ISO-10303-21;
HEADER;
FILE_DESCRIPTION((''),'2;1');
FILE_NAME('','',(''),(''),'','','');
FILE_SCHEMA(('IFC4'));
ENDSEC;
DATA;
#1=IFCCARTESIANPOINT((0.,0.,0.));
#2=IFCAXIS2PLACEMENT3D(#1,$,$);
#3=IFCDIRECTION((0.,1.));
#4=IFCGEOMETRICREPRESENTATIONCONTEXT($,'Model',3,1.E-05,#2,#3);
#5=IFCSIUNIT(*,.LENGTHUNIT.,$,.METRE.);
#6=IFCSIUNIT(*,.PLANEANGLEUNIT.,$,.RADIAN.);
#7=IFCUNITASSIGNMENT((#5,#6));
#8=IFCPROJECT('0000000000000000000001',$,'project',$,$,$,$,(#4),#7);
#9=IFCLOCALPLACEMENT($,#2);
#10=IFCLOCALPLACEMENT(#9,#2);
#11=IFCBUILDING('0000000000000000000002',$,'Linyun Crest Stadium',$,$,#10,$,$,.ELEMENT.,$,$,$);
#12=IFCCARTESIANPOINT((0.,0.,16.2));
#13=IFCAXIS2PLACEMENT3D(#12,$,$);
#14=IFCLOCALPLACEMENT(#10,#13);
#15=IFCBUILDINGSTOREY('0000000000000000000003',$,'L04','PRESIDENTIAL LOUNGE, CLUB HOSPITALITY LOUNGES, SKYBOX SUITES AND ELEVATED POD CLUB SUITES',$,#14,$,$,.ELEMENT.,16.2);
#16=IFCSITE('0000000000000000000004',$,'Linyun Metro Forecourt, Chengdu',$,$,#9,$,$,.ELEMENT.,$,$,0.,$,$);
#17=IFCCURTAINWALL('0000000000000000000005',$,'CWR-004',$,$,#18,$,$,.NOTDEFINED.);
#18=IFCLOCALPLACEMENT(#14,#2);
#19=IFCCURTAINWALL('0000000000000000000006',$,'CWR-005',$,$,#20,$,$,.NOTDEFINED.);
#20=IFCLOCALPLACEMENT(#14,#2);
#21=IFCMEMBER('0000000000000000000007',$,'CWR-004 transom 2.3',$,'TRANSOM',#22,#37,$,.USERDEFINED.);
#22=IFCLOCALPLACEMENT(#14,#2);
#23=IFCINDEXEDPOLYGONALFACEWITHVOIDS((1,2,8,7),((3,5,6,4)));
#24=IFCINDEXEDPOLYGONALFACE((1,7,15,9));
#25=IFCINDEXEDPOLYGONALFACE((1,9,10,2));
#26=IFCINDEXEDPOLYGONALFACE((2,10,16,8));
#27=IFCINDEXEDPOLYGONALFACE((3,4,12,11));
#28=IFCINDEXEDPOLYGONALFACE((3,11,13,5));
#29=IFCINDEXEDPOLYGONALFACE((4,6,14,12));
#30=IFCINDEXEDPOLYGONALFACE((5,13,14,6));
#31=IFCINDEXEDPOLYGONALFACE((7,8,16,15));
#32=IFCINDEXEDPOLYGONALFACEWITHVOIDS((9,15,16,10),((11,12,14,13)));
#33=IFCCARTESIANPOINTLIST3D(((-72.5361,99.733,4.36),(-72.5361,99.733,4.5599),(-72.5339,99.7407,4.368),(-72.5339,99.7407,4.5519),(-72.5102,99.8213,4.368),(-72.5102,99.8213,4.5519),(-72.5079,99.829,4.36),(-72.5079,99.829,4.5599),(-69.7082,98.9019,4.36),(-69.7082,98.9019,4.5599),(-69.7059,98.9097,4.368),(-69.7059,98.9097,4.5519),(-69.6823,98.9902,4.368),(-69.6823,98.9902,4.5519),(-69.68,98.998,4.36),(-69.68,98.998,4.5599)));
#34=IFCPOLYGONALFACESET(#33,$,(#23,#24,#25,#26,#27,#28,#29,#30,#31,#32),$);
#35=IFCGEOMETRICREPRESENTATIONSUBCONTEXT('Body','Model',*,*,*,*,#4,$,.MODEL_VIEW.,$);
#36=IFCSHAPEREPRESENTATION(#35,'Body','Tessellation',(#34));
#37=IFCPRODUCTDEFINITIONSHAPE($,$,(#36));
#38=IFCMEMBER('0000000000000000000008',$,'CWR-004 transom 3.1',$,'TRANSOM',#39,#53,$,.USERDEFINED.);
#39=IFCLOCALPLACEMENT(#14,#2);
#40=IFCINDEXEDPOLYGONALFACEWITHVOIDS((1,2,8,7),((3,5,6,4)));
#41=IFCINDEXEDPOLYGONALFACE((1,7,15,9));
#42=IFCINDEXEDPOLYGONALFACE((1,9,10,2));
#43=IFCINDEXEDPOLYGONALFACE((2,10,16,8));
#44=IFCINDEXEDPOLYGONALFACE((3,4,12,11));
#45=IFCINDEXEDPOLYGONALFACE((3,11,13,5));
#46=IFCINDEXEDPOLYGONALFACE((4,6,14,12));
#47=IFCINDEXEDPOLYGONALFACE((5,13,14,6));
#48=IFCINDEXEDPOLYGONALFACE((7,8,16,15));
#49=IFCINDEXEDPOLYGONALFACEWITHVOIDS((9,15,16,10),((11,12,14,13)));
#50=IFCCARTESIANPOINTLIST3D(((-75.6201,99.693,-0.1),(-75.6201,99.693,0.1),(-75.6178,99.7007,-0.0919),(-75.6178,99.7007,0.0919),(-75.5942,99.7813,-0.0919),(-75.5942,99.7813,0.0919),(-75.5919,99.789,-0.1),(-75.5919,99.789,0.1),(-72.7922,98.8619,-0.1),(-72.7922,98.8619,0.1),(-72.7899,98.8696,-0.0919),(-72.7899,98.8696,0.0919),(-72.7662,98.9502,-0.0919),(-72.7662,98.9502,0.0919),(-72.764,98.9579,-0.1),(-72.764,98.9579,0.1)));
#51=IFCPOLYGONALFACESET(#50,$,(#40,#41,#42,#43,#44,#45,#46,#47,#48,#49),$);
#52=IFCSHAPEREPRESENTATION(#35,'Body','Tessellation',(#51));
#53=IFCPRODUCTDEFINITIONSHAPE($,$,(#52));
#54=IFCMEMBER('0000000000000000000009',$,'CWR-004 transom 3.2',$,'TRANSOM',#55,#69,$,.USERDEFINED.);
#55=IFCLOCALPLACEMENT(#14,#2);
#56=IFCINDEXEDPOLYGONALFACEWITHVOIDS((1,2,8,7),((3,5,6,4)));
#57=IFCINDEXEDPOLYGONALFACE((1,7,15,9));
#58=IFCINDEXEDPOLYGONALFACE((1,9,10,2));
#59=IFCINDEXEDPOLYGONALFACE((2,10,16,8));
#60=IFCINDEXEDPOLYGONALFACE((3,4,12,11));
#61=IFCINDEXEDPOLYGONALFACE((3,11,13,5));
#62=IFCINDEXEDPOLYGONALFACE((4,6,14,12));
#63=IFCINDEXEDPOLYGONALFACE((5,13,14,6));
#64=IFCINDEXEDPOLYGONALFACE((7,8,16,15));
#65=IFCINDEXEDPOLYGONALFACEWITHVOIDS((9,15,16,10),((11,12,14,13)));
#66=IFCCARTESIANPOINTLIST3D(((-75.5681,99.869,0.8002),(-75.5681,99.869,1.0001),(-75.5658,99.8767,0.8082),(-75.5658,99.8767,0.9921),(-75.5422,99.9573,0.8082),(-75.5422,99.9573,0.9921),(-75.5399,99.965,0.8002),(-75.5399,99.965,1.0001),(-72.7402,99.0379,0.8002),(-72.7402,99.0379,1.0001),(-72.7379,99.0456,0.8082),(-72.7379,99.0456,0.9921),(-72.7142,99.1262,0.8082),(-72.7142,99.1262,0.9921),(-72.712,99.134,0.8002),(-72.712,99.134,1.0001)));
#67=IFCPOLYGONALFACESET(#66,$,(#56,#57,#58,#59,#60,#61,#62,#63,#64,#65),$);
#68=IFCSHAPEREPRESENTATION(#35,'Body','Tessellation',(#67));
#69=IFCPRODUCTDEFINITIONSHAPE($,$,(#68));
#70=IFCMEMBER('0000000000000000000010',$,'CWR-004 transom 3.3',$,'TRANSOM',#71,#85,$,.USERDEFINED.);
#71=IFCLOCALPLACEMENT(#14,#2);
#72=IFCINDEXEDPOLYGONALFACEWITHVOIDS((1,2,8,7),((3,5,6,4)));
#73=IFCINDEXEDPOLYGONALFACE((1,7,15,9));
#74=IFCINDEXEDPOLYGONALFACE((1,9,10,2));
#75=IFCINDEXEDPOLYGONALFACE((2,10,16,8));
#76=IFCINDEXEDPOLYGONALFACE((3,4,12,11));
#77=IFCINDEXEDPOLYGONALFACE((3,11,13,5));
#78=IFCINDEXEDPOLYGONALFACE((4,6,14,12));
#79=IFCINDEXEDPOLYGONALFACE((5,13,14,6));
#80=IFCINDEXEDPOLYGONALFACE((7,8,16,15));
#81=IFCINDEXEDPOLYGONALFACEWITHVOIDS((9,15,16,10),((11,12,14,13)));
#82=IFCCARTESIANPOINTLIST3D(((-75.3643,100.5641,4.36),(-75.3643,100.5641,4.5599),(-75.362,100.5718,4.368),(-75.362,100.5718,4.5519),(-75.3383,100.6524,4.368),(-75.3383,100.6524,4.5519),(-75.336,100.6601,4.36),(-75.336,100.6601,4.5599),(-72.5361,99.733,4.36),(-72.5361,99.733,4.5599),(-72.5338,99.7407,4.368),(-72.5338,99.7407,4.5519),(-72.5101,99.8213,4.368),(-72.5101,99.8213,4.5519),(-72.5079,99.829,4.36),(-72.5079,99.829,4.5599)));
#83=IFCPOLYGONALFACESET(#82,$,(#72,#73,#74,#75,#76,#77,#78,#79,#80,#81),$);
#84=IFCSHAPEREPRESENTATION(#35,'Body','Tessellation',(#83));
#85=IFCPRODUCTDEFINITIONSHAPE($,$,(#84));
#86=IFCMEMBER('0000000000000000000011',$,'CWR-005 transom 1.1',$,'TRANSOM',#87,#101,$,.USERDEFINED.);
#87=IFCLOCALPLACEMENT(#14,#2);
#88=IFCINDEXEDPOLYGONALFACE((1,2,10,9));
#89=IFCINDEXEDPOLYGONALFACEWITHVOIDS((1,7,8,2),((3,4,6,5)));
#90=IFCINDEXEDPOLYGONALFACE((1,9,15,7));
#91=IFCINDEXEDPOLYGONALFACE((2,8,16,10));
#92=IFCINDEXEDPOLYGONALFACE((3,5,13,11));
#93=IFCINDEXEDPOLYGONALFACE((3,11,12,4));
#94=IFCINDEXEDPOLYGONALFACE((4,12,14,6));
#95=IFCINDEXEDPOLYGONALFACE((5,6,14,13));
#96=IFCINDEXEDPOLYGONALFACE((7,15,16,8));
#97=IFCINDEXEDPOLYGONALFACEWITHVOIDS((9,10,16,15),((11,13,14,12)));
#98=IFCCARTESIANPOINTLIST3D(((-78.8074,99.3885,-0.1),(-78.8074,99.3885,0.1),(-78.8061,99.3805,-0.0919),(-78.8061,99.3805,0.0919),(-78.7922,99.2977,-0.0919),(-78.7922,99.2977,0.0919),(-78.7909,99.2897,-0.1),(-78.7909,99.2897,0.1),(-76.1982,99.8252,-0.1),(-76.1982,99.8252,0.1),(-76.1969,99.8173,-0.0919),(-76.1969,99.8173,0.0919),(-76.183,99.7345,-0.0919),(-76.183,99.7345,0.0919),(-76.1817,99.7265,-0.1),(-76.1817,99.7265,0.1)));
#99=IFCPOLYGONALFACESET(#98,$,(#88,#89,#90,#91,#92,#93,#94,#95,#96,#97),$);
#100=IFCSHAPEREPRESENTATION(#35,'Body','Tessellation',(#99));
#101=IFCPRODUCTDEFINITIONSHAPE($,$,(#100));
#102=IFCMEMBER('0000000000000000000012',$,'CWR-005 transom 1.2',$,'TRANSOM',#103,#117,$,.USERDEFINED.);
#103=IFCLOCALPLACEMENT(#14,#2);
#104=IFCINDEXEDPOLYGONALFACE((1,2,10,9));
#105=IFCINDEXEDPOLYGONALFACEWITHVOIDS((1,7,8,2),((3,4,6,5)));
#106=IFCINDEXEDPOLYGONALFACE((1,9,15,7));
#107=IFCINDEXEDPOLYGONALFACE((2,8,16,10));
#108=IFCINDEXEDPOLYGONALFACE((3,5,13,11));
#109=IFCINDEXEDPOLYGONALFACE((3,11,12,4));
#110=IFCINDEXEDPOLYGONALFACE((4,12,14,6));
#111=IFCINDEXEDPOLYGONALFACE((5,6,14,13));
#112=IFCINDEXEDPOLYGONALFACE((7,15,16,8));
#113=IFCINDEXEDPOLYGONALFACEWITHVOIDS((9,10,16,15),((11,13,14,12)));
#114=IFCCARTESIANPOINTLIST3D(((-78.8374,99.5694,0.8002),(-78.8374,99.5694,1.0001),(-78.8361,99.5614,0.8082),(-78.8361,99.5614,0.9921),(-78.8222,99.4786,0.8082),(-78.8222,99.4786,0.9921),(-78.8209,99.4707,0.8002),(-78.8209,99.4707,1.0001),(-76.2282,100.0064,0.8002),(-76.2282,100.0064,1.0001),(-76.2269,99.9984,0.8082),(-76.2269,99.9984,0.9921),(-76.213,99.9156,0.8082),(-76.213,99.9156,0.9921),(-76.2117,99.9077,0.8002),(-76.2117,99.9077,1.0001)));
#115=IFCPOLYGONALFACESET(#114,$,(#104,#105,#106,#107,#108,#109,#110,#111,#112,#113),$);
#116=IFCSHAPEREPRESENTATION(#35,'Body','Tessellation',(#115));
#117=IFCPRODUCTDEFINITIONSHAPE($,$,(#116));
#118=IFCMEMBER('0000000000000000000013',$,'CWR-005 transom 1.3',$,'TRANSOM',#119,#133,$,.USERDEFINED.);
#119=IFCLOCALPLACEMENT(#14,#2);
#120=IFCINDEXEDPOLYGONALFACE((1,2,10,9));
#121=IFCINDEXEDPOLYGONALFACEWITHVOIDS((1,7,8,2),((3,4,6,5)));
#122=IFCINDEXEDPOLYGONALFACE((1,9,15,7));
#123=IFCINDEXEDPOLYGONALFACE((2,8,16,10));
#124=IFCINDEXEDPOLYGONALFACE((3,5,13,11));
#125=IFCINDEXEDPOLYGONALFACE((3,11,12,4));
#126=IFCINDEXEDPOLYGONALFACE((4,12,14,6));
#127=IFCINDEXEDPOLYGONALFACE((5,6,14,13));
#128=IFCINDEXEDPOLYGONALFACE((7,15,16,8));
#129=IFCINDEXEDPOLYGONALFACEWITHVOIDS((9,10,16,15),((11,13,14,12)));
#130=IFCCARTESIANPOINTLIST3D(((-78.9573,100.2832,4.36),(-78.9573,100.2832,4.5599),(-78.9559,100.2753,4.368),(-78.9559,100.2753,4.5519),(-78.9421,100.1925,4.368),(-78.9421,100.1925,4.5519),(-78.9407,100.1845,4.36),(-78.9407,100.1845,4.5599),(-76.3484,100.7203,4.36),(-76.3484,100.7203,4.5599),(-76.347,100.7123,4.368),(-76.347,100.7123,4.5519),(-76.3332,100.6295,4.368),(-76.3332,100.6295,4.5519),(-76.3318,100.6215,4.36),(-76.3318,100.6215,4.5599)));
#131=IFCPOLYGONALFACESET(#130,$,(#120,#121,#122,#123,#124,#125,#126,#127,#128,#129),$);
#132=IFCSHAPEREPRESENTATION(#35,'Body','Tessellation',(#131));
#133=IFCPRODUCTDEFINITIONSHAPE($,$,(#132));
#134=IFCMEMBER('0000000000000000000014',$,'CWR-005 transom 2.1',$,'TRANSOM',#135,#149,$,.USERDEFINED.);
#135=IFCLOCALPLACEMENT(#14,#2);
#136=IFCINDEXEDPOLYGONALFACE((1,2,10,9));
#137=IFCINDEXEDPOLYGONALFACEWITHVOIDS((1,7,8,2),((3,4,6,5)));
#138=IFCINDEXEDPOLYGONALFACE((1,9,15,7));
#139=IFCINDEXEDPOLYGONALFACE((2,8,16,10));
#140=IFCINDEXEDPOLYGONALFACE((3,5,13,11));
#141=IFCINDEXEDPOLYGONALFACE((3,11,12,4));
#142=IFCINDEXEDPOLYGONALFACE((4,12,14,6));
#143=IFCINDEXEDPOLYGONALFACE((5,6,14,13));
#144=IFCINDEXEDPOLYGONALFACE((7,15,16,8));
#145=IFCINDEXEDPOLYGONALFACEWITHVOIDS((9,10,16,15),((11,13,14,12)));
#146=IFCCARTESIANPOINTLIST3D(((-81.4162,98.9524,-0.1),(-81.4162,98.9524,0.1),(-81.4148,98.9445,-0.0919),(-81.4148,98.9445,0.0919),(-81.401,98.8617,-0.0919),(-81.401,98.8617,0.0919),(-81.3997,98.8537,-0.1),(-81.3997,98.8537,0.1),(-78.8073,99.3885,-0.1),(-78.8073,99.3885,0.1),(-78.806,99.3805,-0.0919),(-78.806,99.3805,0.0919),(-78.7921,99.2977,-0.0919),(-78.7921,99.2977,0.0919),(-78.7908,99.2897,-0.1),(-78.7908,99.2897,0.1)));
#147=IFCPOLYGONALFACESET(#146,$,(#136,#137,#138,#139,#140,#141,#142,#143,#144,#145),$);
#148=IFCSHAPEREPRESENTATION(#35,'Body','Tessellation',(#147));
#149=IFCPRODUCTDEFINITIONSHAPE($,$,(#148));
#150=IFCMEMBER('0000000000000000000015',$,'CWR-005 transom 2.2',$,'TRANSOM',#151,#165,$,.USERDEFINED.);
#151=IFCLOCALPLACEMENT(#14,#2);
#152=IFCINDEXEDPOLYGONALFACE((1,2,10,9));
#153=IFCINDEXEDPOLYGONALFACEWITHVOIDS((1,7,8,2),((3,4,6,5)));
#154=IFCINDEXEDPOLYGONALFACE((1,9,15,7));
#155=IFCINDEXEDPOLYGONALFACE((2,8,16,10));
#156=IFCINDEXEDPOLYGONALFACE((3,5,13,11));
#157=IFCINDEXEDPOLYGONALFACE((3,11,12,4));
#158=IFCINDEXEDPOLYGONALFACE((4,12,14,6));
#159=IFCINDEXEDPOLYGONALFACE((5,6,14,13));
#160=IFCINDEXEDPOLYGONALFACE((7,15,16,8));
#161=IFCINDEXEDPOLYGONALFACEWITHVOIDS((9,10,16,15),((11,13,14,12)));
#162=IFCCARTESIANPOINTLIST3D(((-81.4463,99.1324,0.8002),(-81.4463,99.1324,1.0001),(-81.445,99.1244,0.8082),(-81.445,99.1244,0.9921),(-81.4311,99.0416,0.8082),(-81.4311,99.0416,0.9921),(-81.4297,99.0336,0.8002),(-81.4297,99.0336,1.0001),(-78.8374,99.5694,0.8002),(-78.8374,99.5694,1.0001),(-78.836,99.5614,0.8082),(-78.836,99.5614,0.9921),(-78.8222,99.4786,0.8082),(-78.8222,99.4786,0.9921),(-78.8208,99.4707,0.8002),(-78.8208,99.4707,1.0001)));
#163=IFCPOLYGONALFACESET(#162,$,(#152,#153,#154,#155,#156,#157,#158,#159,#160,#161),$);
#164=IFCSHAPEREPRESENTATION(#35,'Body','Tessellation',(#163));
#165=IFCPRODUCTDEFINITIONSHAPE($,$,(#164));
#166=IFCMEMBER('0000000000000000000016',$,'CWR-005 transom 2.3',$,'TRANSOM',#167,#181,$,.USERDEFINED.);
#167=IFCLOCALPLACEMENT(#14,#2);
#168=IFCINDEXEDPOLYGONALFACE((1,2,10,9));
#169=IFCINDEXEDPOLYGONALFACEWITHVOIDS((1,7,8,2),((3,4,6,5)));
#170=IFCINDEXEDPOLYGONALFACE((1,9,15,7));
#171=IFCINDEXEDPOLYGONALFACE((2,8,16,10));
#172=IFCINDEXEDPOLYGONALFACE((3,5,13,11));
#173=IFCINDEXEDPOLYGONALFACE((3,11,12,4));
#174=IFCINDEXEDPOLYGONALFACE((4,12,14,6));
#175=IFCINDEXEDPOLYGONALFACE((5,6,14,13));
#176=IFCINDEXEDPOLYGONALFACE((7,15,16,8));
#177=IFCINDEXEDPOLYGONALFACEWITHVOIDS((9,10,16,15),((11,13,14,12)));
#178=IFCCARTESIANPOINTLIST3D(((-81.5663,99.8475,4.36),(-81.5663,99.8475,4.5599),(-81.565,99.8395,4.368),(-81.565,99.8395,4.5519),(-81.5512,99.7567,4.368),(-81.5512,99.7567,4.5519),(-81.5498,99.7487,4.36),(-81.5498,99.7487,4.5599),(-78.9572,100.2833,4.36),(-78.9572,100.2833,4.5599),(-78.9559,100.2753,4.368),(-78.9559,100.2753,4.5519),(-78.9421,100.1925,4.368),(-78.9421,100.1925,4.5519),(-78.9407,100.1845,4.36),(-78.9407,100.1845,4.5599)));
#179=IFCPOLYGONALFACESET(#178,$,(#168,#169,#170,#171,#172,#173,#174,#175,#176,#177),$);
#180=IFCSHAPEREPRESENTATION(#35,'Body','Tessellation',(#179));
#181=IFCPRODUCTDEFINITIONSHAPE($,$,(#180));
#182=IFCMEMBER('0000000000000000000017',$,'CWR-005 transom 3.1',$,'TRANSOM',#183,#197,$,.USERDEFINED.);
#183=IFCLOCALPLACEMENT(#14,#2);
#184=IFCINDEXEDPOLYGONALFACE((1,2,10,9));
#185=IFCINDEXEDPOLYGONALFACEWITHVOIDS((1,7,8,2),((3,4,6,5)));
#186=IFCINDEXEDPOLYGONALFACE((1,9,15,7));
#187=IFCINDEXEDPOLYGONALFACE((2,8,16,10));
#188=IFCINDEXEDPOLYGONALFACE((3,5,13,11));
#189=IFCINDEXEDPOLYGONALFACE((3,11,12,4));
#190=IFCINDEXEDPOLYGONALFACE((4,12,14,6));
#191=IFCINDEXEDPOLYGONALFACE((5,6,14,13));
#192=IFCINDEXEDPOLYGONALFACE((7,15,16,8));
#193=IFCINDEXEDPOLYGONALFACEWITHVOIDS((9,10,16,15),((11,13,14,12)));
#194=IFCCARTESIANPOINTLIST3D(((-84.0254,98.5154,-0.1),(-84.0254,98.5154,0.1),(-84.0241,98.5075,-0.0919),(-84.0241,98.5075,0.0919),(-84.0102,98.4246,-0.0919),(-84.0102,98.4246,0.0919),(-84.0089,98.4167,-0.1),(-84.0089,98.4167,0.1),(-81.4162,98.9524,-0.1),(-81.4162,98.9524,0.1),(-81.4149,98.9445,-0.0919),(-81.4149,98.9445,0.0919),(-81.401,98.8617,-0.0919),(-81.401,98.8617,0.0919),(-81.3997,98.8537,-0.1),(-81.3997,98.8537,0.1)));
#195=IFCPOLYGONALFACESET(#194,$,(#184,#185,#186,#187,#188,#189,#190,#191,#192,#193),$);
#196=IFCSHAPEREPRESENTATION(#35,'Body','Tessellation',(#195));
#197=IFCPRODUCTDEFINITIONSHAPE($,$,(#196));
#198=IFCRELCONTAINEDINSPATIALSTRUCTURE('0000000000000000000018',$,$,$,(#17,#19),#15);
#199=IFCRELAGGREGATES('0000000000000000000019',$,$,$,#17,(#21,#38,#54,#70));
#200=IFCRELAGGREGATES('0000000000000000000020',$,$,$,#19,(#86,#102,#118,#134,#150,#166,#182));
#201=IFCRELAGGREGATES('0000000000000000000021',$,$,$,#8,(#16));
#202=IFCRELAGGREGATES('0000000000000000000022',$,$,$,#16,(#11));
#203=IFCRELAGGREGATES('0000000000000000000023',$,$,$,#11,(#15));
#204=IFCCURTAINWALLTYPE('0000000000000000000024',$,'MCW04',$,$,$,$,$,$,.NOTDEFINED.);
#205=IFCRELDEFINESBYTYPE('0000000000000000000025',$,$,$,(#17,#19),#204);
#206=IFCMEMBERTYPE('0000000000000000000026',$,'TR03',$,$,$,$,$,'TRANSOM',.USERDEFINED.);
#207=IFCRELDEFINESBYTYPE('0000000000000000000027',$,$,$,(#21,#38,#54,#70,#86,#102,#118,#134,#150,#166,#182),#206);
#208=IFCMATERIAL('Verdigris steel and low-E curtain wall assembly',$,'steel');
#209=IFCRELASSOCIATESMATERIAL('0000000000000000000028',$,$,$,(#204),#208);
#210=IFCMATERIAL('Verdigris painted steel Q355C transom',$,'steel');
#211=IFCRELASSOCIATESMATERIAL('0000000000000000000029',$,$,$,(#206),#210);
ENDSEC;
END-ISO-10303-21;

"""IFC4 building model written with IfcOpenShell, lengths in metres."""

from ifc_helpers import new_model, si_unit, direction, frame, origin, origin_2d, place, context, subcontext, project, spatial, hollow_rectangle, extrude, material, material_profile, profile_set, type_object, element, aggregate, save


model = new_model("IFC4")

# Units and contexts
model_context = context("Model", 3, precision=1e-05, world=origin(), true_north=direction((0.0, 1.0)))
body_context = subcontext(model_context, "Body", "Model", "MODEL_VIEW")
ifc_project = project(units=[si_unit("LENGTHUNIT", "METRE"), si_unit("PLANEANGLEUNIT", "RADIAN")], contexts=[model_context])

# Site, building, storey
site_placement = place(None, origin())
site = spatial("IfcSite", under=ifc_project, at=site_placement, Name="Linyun Metro Forecourt, Chengdu", CompositionType="ELEMENT", RefElevation=0.0)
building_placement = place(site_placement, origin())
building = spatial("IfcBuilding", under=site, at=building_placement, Name="Linyun Crest Stadium", CompositionType="ELEMENT")
storey_placement = place(building_placement, frame((0.0, 0.0, 16.2)))
storey = spatial("IfcBuildingStorey", under=building, at=storey_placement, Name="L04", Description="PRESIDENTIAL LOUNGE, CLUB HOSPITALITY LOUNGES, SKYBOX SUITES AND ELEVATED POD CLUB SUITES", CompositionType="ELEMENT", Elevation=16.2)

# Curtain walls
ifc_material_1 = material(Name="Verdigris steel and low-E curtain wall assembly", Category="steel")
curtain_wall_type = type_object("IfcCurtainWallType", Name="MCW04", PredefinedType="NOTDEFINED", material=ifc_material_1)
curtain_wall_1_placement = place(storey_placement, origin())
curtain_wall_1 = element("IfcCurtainWall", 1, at=curtain_wall_1_placement, inside=storey, type_object=curtain_wall_type, Name="CWR-004", PredefinedType="NOTDEFINED")
curtain_wall_2_placement = place(storey_placement, origin())
curtain_wall_2 = element("IfcCurtainWall", 2, at=curtain_wall_2_placement, inside=storey, type_object=curtain_wall_type, Name="CWR-005", PredefinedType="NOTDEFINED")

# Members
ifc_material_2 = material(Name="Verdigris painted steel Q355C transom", Category="steel")
ifc_material_profile_1 = material_profile(ifc_material_2, hollow_rectangle(XDim=0.1001, YDim=0.2, WallThickness=0.0081, at=origin_2d()), Name="RHS 200x100x8")
ifc_profile_set_1 = profile_set([ifc_material_profile_1], Name="Verdigris painted steel Q355C transom")
member_type_1 = type_object("IfcMemberType", Name="TR03", ElementType="TRANSOM", PredefinedType="USERDEFINED", material=ifc_profile_set_1)
member_1_placement = place(storey_placement, frame((-69.6941, 98.95, 4.46), z_axis=(-0.959427, 0.281956, 0.0), x_axis=(-0.281956, -0.959427, 0.0)))
member_1 = element("IfcMember", 3, at=member_1_placement, type_object=member_type_1, Name="CWR-004 transom 2.3", ObjectType="TRANSOM", PredefinedType="USERDEFINED", context=body_context, shape_type="SweptSolid", body=[
    extrude(hollow_rectangle(XDim=0.1001, YDim=0.2, WallThickness=0.0081, at=origin_2d()), origin(), (0.0, 0.0, 1.0), 2.9475),
])
member_2_placement = place(storey_placement, frame((-72.7781, 98.9099, 0.0), z_axis=(-0.959427, 0.281956, 0.0), x_axis=(-0.281956, -0.959427, 0.0)))
member_2 = element("IfcMember", 4, at=member_2_placement, type_object=member_type_1, Name="CWR-004 transom 3.1", ObjectType="TRANSOM", PredefinedType="USERDEFINED", context=body_context, shape_type="SweptSolid", body=[
    extrude(hollow_rectangle(XDim=0.1001, YDim=0.2, WallThickness=0.0081, at=origin_2d()), origin(), (0.0, 0.0, 1.0), 2.9475),
])
member_3_placement = place(storey_placement, frame((-72.7261, 99.0859, 0.9001), z_axis=(-0.959427, 0.281956, 0.0), x_axis=(-0.281956, -0.959427, 0.0)))
member_3 = element("IfcMember", 5, at=member_3_placement, type_object=member_type_1, Name="CWR-004 transom 3.2", ObjectType="TRANSOM", PredefinedType="USERDEFINED", context=body_context, shape_type="SweptSolid", body=[
    extrude(hollow_rectangle(XDim=0.1001, YDim=0.2, WallThickness=0.0081, at=origin_2d()), origin(), (0.0, 0.0, 1.0), 2.9475),
])
member_4_placement = place(storey_placement, frame((-72.522, 99.781, 4.46), z_axis=(-0.959434, 0.281933, 0.0), x_axis=(-0.281933, -0.959434, 0.0)))
member_4 = element("IfcMember", 6, at=member_4_placement, type_object=member_type_1, Name="CWR-004 transom 3.3", ObjectType="TRANSOM", PredefinedType="USERDEFINED", context=body_context, shape_type="SweptSolid", body=[
    extrude(hollow_rectangle(XDim=0.1001, YDim=0.2, WallThickness=0.0081, at=origin_2d()), origin(), (0.0, 0.0, 1.0), 2.9478),
])
member_5_placement = place(storey_placement, frame((-76.1899, 99.7759, 0.0), z_axis=(-0.986276, -0.165102, 0.0), x_axis=(0.165102, -0.986276, 0.0)))
member_5 = element("IfcMember", 7, at=member_5_placement, type_object=member_type_1, Name="CWR-005 transom 1.1", ObjectType="TRANSOM", PredefinedType="USERDEFINED", context=body_context, shape_type="SweptSolid", body=[
    extrude(hollow_rectangle(XDim=0.1001, YDim=0.2, WallThickness=0.0081, at=origin_2d()), origin(), (0.0, 0.0, 1.0), 2.6455),
])
member_6_placement = place(storey_placement, frame((-76.22, 99.957, 0.9001), z_axis=(-0.986261, -0.165192, 0.0), x_axis=(0.165192, -0.986261, 0.0)))
member_6 = element("IfcMember", 8, at=member_6_placement, type_object=member_type_1, Name="CWR-005 transom 1.2", ObjectType="TRANSOM", PredefinedType="USERDEFINED", context=body_context, shape_type="SweptSolid", body=[
    extrude(hollow_rectangle(XDim=0.1001, YDim=0.2, WallThickness=0.0081, at=origin_2d()), origin(), (0.0, 0.0, 1.0), 2.6455),
])
member_7_placement = place(storey_placement, frame((-76.3401, 100.6709, 4.46), z_axis=(-0.986259, -0.165207, 0.0), x_axis=(0.165207, -0.986259, 0.0)))
member_7 = element("IfcMember", 9, at=member_7_placement, type_object=member_type_1, Name="CWR-005 transom 1.3", ObjectType="TRANSOM", PredefinedType="USERDEFINED", context=body_context, shape_type="SweptSolid", body=[
    extrude(hollow_rectangle(XDim=0.1001, YDim=0.2, WallThickness=0.0081, at=origin_2d()), origin(), (0.0, 0.0, 1.0), 2.6453),
])
member_8_placement = place(storey_placement, frame((-78.7991, 99.3391, 0.0), z_axis=(-0.986319, -0.164848, 0.0), x_axis=(0.164848, -0.986319, 0.0)))
member_8 = element("IfcMember", 10, at=member_8_placement, type_object=member_type_1, Name="CWR-005 transom 2.1", ObjectType="TRANSOM", PredefinedType="USERDEFINED", context=body_context, shape_type="SweptSolid", body=[
    extrude(hollow_rectangle(XDim=0.1001, YDim=0.2, WallThickness=0.0081, at=origin_2d()), origin(), (0.0, 0.0, 1.0), 2.645),
])
member_9_placement = place(storey_placement, frame((-78.8291, 99.52, 0.9001), z_axis=(-0.986259, -0.165207, 0.0), x_axis=(0.165207, -0.986259, 0.0)))
member_9 = element("IfcMember", 11, at=member_9_placement, type_object=member_type_1, Name="CWR-005 transom 2.2", ObjectType="TRANSOM", PredefinedType="USERDEFINED", context=body_context, shape_type="SweptSolid", body=[
    extrude(hollow_rectangle(XDim=0.1001, YDim=0.2, WallThickness=0.0081, at=origin_2d()), origin(), (0.0, 0.0, 1.0), 2.6453),
])
member_10_placement = place(storey_placement, frame((-78.949, 100.2339, 4.46), z_axis=(-0.986336, -0.164743, 0.0), x_axis=(0.164743, -0.986336, 0.0)))
member_10 = element("IfcMember", 12, at=member_10_placement, type_object=member_type_1, Name="CWR-005 transom 2.3", ObjectType="TRANSOM", PredefinedType="USERDEFINED", context=body_context, shape_type="SweptSolid", body=[
    extrude(hollow_rectangle(XDim=0.1001, YDim=0.2, WallThickness=0.0081, at=origin_2d()), origin(), (0.0, 0.0, 1.0), 2.6453),
])
member_11_placement = place(storey_placement, frame((-81.408, 98.9031, 0.0), z_axis=(-0.986261, -0.165192, 0.0), x_axis=(0.165192, -0.986261, 0.0)))
member_11 = element("IfcMember", 13, at=member_11_placement, type_object=member_type_1, Name="CWR-005 transom 3.1", ObjectType="TRANSOM", PredefinedType="USERDEFINED", context=body_context, shape_type="SweptSolid", body=[
    extrude(hollow_rectangle(XDim=0.1001, YDim=0.2, WallThickness=0.0081, at=origin_2d()), origin(), (0.0, 0.0, 1.0), 2.6455),
])

aggregate(curtain_wall_1, [member_1, member_2, member_3, member_4])
aggregate(curtain_wall_2, [member_5, member_6, member_7, member_8, member_9, member_10, member_11])

save(model, "model.ifc")
